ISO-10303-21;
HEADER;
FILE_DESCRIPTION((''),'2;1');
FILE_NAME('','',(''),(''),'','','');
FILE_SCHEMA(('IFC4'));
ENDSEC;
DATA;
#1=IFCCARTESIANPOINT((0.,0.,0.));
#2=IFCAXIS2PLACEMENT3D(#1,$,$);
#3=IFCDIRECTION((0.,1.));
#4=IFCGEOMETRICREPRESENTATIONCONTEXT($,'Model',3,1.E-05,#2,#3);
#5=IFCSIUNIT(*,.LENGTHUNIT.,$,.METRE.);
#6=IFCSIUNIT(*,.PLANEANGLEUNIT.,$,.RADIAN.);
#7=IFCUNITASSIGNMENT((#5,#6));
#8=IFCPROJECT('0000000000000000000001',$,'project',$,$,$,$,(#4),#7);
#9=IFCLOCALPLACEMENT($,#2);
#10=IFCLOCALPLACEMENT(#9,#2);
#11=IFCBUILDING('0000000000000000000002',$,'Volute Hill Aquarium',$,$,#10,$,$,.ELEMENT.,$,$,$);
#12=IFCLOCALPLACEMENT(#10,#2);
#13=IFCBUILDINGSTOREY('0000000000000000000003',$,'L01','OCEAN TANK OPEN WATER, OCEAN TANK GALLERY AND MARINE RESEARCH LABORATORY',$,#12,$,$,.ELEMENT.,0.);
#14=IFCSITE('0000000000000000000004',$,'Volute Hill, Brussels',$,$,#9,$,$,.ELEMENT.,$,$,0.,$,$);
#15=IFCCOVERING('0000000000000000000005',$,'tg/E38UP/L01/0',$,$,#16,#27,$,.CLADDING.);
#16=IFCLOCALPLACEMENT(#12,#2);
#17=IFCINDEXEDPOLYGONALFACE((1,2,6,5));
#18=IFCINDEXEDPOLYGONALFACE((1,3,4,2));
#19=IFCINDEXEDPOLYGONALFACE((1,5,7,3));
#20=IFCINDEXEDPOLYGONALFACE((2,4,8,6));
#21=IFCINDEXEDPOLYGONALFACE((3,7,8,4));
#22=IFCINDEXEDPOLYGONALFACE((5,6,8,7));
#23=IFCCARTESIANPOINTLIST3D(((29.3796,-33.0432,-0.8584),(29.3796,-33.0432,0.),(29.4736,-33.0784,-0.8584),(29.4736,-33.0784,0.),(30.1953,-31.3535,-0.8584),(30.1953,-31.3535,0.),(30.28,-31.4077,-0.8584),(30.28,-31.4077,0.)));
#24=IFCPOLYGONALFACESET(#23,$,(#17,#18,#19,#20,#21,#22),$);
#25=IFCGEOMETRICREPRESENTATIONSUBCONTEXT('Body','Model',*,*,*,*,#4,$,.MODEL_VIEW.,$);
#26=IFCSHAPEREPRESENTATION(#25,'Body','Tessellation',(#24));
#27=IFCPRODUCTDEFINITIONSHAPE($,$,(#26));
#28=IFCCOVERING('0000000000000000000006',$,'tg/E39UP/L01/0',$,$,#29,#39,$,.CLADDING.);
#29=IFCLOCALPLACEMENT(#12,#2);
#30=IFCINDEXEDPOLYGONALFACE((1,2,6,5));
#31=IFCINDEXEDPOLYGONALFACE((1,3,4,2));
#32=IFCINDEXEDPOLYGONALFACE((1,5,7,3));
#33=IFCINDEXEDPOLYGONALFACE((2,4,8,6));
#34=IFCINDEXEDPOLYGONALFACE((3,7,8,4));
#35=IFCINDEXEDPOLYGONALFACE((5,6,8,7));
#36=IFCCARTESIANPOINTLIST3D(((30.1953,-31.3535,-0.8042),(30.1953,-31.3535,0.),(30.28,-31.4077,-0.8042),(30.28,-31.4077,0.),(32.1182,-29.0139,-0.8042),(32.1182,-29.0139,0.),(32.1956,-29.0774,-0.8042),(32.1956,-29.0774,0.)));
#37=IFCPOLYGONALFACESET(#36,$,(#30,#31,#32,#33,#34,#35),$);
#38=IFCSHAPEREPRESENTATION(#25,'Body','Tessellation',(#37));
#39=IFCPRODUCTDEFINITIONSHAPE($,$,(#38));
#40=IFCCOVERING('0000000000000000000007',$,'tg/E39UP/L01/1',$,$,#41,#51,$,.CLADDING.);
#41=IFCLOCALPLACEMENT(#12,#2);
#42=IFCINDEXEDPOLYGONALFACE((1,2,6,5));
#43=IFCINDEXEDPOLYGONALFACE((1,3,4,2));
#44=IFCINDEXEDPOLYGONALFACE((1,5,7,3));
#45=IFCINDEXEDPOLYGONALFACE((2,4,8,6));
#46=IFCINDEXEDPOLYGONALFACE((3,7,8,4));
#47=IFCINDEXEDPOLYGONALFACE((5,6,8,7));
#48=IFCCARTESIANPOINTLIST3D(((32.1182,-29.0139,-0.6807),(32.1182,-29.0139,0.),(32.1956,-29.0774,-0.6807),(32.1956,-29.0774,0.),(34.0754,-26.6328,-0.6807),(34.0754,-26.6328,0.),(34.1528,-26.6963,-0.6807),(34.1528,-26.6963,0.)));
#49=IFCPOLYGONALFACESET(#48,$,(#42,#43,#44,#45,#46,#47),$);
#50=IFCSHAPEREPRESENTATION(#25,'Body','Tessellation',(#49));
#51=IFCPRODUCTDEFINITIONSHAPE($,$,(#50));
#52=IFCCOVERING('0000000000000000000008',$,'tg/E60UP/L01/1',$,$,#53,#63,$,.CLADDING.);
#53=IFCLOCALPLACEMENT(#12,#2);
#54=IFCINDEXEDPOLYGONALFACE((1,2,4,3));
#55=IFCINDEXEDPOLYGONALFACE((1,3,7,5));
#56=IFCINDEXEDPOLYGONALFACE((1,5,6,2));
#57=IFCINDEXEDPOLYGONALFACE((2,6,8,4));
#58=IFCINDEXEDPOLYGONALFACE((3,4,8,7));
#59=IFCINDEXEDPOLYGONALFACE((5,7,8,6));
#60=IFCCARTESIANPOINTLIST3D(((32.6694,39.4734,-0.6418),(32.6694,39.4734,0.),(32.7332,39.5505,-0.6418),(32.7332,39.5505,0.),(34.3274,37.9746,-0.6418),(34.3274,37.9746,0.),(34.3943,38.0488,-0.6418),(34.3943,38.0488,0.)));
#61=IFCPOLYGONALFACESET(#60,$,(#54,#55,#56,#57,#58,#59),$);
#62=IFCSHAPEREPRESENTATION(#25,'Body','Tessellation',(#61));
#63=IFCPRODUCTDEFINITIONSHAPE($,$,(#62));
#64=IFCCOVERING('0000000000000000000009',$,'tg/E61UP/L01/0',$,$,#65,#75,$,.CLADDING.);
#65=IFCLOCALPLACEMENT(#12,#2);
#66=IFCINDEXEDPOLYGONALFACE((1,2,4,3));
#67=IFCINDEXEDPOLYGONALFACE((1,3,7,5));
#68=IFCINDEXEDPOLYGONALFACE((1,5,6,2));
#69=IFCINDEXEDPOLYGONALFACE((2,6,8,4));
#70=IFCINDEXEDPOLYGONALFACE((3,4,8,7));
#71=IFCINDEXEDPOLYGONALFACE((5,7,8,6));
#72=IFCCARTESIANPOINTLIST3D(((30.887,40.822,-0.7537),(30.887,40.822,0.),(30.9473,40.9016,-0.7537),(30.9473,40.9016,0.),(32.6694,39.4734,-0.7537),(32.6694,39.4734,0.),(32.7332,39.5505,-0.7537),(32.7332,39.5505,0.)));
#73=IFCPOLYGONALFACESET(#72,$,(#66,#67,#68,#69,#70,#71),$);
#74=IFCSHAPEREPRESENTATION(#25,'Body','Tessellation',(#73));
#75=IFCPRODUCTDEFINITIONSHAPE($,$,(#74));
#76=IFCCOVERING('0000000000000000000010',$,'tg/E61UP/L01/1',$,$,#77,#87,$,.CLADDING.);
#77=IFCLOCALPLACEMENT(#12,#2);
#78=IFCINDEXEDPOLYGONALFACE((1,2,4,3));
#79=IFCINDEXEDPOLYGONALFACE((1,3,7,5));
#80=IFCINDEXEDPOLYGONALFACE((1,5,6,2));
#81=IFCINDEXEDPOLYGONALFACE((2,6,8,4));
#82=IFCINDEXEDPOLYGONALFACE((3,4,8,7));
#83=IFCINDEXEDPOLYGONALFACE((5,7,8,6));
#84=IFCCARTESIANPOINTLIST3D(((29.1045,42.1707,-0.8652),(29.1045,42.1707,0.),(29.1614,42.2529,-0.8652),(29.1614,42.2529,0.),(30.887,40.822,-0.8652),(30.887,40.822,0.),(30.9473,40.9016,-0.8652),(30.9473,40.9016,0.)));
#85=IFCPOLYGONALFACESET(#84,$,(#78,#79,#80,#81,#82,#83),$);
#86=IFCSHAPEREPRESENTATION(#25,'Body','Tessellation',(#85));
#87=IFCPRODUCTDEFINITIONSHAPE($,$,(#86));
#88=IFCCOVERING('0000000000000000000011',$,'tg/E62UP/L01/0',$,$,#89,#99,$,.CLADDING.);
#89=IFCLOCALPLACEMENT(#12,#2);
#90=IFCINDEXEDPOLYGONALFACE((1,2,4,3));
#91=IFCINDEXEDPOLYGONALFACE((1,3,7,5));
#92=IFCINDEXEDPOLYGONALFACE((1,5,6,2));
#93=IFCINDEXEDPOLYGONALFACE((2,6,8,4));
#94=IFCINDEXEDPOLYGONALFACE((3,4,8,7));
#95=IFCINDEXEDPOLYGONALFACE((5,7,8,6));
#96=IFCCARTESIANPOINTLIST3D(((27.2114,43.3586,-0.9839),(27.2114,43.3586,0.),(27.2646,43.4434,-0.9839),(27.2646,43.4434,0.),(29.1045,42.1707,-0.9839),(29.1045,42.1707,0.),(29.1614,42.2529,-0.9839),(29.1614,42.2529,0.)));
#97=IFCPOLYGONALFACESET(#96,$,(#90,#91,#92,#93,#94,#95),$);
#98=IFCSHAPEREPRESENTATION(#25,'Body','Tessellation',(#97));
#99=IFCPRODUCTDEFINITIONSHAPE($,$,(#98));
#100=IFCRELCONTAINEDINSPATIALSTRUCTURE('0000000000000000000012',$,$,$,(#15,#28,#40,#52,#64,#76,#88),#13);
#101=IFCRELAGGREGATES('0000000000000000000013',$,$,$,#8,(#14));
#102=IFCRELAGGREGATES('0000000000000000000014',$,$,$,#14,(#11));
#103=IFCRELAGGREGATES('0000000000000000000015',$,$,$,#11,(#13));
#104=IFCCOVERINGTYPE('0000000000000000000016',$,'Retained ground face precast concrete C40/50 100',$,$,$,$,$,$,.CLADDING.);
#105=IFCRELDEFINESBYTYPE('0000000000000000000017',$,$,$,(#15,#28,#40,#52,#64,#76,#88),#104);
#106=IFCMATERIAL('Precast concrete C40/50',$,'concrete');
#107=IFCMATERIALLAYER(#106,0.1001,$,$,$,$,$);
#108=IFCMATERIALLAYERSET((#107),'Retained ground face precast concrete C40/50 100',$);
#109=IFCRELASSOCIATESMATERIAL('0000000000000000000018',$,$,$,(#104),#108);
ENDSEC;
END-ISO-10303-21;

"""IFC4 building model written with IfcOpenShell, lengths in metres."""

from ifc_helpers import new_model, si_unit, direction, frame, origin, place, context, subcontext, project, spatial, polyline, outline, extrude, material, layer, layer_set, type_object, element, save


model = new_model("IFC4")

# Units and contexts
model_context = context("Model", 3, precision=1e-05, world=origin(), true_north=direction((0.0, 1.0)))
body_context = subcontext(model_context, "Body", "Model", "MODEL_VIEW")
ifc_project = project(units=[si_unit("LENGTHUNIT", "METRE"), si_unit("PLANEANGLEUNIT", "RADIAN")], contexts=[model_context])

# Site, building, storey
site_placement = place(None, origin())
site = spatial("IfcSite", under=ifc_project, at=site_placement, Name="Volute Hill, Brussels", CompositionType="ELEMENT", RefElevation=0.0)
building_placement = place(site_placement, origin())
building = spatial("IfcBuilding", under=site, at=building_placement, Name="Volute Hill Aquarium", CompositionType="ELEMENT")
storey_placement = place(building_placement, origin())
storey = spatial("IfcBuildingStorey", under=building, at=storey_placement, Name="L01", Description="OCEAN TANK OPEN WATER, OCEAN TANK GALLERY AND MARINE RESEARCH LABORATORY", CompositionType="ELEMENT", Elevation=0.0)

# Coverings
ifc_material_1 = material(Name="Precast concrete C40/50", Category="concrete")
ifc_layer_1 = layer(ifc_material_1, 0.1001)
ifc_layer_set_1 = layer_set([ifc_layer_1], Name="Retained ground face precast concrete C40/50 100")
covering_type_1 = type_object("IfcCoveringType", Name="Retained ground face precast concrete C40/50 100", PredefinedType="CLADDING", material=ifc_layer_set_1)
covering_1_placement = place(storey_placement, frame((0.0, 0.0, -0.8584)))
element("IfcCovering", 1, at=covering_1_placement, inside=storey, type_object=covering_type_1, Name="tg/E38UP/L01/0", PredefinedType="CLADDING", context=body_context, shape_type="SweptSolid", body=[
    extrude(outline(polyline([(30.28, -31.4077), (30.28, -31.4077), (30.1953, -31.3535), (29.3796, -33.0432), (29.4736, -33.0784), (30.28, -31.4077)])), origin(), (0.0, 0.0, 1.0), 0.8584),
])
covering_2_placement = place(storey_placement, frame((0.0, 0.0, -0.8042)))
element("IfcCovering", 2, at=covering_2_placement, inside=storey, type_object=covering_type_1, Name="tg/E39UP/L01/0", PredefinedType="CLADDING", context=body_context, shape_type="SweptSolid", body=[
    extrude(outline(polyline([(30.28, -31.4077), (32.1956, -29.0774), (32.1182, -29.0139), (30.1953, -31.3535), (30.1953, -31.3535), (30.28, -31.4077)])), origin(), (0.0, 0.0, 1.0), 0.8042),
])
covering_3_placement = place(storey_placement, frame((0.0, 0.0, -0.6807)))
element("IfcCovering", 3, at=covering_3_placement, inside=storey, type_object=covering_type_1, Name="tg/E39UP/L01/1", PredefinedType="CLADDING", context=body_context, shape_type="SweptSolid", body=[
    extrude(outline(polyline([(32.1956, -29.0774), (34.1528, -26.6963), (34.0754, -26.6328), (32.1182, -29.0139), (32.1956, -29.0774)])), origin(), (0.0, 0.0, 1.0), 0.6807),
])
covering_4_placement = place(storey_placement, frame((0.0, 0.0, -0.6418)))
element("IfcCovering", 4, at=covering_4_placement, inside=storey, type_object=covering_type_1, Name="tg/E60UP/L01/1", PredefinedType="CLADDING", context=body_context, shape_type="SweptSolid", body=[
    extrude(outline(polyline([(32.7332, 39.5505), (32.7332, 39.5505), (32.6694, 39.4734), (32.6694, 39.4734), (34.3274, 37.9746), (34.3943, 38.0488), (32.7332, 39.5505)])), origin(), (0.0, 0.0, 1.0), 0.6418),
])
covering_5_placement = place(storey_placement, frame((0.0, 0.0, -0.7537)))
element("IfcCovering", 5, at=covering_5_placement, inside=storey, type_object=covering_type_1, Name="tg/E61UP/L01/0", PredefinedType="CLADDING", context=body_context, shape_type="SweptSolid", body=[
    extrude(outline(polyline([(32.7332, 39.5505), (30.9473, 40.9016), (30.887, 40.822), (32.6694, 39.4734), (32.7332, 39.5505)])), origin(), (0.0, 0.0, 1.0), 0.7537),
])
covering_6_placement = place(storey_placement, frame((0.0, 0.0, -0.8652)))
element("IfcCovering", 6, at=covering_6_placement, inside=storey, type_object=covering_type_1, Name="tg/E61UP/L01/1", PredefinedType="CLADDING", context=body_context, shape_type="SweptSolid", body=[
    extrude(outline(polyline([(29.1614, 42.2529), (29.1614, 42.2529), (29.1045, 42.1707), (29.1045, 42.1707), (30.887, 40.822), (30.9473, 40.9016), (29.1614, 42.2529)])), origin(), (0.0, 0.0, 1.0), 0.8652),
])
covering_7_placement = place(storey_placement, frame((0.0, 0.0, -0.9839)))
element("IfcCovering", 7, at=covering_7_placement, inside=storey, type_object=covering_type_1, Name="tg/E62UP/L01/0", PredefinedType="CLADDING", context=body_context, shape_type="SweptSolid", body=[
    extrude(outline(polyline([(29.1614, 42.2529), (27.2646, 43.4434), (27.2114, 43.3586), (29.1045, 42.1707), (29.1614, 42.2529)])), origin(), (0.0, 0.0, 1.0), 0.9839),
])

save(model, "model.ifc")
